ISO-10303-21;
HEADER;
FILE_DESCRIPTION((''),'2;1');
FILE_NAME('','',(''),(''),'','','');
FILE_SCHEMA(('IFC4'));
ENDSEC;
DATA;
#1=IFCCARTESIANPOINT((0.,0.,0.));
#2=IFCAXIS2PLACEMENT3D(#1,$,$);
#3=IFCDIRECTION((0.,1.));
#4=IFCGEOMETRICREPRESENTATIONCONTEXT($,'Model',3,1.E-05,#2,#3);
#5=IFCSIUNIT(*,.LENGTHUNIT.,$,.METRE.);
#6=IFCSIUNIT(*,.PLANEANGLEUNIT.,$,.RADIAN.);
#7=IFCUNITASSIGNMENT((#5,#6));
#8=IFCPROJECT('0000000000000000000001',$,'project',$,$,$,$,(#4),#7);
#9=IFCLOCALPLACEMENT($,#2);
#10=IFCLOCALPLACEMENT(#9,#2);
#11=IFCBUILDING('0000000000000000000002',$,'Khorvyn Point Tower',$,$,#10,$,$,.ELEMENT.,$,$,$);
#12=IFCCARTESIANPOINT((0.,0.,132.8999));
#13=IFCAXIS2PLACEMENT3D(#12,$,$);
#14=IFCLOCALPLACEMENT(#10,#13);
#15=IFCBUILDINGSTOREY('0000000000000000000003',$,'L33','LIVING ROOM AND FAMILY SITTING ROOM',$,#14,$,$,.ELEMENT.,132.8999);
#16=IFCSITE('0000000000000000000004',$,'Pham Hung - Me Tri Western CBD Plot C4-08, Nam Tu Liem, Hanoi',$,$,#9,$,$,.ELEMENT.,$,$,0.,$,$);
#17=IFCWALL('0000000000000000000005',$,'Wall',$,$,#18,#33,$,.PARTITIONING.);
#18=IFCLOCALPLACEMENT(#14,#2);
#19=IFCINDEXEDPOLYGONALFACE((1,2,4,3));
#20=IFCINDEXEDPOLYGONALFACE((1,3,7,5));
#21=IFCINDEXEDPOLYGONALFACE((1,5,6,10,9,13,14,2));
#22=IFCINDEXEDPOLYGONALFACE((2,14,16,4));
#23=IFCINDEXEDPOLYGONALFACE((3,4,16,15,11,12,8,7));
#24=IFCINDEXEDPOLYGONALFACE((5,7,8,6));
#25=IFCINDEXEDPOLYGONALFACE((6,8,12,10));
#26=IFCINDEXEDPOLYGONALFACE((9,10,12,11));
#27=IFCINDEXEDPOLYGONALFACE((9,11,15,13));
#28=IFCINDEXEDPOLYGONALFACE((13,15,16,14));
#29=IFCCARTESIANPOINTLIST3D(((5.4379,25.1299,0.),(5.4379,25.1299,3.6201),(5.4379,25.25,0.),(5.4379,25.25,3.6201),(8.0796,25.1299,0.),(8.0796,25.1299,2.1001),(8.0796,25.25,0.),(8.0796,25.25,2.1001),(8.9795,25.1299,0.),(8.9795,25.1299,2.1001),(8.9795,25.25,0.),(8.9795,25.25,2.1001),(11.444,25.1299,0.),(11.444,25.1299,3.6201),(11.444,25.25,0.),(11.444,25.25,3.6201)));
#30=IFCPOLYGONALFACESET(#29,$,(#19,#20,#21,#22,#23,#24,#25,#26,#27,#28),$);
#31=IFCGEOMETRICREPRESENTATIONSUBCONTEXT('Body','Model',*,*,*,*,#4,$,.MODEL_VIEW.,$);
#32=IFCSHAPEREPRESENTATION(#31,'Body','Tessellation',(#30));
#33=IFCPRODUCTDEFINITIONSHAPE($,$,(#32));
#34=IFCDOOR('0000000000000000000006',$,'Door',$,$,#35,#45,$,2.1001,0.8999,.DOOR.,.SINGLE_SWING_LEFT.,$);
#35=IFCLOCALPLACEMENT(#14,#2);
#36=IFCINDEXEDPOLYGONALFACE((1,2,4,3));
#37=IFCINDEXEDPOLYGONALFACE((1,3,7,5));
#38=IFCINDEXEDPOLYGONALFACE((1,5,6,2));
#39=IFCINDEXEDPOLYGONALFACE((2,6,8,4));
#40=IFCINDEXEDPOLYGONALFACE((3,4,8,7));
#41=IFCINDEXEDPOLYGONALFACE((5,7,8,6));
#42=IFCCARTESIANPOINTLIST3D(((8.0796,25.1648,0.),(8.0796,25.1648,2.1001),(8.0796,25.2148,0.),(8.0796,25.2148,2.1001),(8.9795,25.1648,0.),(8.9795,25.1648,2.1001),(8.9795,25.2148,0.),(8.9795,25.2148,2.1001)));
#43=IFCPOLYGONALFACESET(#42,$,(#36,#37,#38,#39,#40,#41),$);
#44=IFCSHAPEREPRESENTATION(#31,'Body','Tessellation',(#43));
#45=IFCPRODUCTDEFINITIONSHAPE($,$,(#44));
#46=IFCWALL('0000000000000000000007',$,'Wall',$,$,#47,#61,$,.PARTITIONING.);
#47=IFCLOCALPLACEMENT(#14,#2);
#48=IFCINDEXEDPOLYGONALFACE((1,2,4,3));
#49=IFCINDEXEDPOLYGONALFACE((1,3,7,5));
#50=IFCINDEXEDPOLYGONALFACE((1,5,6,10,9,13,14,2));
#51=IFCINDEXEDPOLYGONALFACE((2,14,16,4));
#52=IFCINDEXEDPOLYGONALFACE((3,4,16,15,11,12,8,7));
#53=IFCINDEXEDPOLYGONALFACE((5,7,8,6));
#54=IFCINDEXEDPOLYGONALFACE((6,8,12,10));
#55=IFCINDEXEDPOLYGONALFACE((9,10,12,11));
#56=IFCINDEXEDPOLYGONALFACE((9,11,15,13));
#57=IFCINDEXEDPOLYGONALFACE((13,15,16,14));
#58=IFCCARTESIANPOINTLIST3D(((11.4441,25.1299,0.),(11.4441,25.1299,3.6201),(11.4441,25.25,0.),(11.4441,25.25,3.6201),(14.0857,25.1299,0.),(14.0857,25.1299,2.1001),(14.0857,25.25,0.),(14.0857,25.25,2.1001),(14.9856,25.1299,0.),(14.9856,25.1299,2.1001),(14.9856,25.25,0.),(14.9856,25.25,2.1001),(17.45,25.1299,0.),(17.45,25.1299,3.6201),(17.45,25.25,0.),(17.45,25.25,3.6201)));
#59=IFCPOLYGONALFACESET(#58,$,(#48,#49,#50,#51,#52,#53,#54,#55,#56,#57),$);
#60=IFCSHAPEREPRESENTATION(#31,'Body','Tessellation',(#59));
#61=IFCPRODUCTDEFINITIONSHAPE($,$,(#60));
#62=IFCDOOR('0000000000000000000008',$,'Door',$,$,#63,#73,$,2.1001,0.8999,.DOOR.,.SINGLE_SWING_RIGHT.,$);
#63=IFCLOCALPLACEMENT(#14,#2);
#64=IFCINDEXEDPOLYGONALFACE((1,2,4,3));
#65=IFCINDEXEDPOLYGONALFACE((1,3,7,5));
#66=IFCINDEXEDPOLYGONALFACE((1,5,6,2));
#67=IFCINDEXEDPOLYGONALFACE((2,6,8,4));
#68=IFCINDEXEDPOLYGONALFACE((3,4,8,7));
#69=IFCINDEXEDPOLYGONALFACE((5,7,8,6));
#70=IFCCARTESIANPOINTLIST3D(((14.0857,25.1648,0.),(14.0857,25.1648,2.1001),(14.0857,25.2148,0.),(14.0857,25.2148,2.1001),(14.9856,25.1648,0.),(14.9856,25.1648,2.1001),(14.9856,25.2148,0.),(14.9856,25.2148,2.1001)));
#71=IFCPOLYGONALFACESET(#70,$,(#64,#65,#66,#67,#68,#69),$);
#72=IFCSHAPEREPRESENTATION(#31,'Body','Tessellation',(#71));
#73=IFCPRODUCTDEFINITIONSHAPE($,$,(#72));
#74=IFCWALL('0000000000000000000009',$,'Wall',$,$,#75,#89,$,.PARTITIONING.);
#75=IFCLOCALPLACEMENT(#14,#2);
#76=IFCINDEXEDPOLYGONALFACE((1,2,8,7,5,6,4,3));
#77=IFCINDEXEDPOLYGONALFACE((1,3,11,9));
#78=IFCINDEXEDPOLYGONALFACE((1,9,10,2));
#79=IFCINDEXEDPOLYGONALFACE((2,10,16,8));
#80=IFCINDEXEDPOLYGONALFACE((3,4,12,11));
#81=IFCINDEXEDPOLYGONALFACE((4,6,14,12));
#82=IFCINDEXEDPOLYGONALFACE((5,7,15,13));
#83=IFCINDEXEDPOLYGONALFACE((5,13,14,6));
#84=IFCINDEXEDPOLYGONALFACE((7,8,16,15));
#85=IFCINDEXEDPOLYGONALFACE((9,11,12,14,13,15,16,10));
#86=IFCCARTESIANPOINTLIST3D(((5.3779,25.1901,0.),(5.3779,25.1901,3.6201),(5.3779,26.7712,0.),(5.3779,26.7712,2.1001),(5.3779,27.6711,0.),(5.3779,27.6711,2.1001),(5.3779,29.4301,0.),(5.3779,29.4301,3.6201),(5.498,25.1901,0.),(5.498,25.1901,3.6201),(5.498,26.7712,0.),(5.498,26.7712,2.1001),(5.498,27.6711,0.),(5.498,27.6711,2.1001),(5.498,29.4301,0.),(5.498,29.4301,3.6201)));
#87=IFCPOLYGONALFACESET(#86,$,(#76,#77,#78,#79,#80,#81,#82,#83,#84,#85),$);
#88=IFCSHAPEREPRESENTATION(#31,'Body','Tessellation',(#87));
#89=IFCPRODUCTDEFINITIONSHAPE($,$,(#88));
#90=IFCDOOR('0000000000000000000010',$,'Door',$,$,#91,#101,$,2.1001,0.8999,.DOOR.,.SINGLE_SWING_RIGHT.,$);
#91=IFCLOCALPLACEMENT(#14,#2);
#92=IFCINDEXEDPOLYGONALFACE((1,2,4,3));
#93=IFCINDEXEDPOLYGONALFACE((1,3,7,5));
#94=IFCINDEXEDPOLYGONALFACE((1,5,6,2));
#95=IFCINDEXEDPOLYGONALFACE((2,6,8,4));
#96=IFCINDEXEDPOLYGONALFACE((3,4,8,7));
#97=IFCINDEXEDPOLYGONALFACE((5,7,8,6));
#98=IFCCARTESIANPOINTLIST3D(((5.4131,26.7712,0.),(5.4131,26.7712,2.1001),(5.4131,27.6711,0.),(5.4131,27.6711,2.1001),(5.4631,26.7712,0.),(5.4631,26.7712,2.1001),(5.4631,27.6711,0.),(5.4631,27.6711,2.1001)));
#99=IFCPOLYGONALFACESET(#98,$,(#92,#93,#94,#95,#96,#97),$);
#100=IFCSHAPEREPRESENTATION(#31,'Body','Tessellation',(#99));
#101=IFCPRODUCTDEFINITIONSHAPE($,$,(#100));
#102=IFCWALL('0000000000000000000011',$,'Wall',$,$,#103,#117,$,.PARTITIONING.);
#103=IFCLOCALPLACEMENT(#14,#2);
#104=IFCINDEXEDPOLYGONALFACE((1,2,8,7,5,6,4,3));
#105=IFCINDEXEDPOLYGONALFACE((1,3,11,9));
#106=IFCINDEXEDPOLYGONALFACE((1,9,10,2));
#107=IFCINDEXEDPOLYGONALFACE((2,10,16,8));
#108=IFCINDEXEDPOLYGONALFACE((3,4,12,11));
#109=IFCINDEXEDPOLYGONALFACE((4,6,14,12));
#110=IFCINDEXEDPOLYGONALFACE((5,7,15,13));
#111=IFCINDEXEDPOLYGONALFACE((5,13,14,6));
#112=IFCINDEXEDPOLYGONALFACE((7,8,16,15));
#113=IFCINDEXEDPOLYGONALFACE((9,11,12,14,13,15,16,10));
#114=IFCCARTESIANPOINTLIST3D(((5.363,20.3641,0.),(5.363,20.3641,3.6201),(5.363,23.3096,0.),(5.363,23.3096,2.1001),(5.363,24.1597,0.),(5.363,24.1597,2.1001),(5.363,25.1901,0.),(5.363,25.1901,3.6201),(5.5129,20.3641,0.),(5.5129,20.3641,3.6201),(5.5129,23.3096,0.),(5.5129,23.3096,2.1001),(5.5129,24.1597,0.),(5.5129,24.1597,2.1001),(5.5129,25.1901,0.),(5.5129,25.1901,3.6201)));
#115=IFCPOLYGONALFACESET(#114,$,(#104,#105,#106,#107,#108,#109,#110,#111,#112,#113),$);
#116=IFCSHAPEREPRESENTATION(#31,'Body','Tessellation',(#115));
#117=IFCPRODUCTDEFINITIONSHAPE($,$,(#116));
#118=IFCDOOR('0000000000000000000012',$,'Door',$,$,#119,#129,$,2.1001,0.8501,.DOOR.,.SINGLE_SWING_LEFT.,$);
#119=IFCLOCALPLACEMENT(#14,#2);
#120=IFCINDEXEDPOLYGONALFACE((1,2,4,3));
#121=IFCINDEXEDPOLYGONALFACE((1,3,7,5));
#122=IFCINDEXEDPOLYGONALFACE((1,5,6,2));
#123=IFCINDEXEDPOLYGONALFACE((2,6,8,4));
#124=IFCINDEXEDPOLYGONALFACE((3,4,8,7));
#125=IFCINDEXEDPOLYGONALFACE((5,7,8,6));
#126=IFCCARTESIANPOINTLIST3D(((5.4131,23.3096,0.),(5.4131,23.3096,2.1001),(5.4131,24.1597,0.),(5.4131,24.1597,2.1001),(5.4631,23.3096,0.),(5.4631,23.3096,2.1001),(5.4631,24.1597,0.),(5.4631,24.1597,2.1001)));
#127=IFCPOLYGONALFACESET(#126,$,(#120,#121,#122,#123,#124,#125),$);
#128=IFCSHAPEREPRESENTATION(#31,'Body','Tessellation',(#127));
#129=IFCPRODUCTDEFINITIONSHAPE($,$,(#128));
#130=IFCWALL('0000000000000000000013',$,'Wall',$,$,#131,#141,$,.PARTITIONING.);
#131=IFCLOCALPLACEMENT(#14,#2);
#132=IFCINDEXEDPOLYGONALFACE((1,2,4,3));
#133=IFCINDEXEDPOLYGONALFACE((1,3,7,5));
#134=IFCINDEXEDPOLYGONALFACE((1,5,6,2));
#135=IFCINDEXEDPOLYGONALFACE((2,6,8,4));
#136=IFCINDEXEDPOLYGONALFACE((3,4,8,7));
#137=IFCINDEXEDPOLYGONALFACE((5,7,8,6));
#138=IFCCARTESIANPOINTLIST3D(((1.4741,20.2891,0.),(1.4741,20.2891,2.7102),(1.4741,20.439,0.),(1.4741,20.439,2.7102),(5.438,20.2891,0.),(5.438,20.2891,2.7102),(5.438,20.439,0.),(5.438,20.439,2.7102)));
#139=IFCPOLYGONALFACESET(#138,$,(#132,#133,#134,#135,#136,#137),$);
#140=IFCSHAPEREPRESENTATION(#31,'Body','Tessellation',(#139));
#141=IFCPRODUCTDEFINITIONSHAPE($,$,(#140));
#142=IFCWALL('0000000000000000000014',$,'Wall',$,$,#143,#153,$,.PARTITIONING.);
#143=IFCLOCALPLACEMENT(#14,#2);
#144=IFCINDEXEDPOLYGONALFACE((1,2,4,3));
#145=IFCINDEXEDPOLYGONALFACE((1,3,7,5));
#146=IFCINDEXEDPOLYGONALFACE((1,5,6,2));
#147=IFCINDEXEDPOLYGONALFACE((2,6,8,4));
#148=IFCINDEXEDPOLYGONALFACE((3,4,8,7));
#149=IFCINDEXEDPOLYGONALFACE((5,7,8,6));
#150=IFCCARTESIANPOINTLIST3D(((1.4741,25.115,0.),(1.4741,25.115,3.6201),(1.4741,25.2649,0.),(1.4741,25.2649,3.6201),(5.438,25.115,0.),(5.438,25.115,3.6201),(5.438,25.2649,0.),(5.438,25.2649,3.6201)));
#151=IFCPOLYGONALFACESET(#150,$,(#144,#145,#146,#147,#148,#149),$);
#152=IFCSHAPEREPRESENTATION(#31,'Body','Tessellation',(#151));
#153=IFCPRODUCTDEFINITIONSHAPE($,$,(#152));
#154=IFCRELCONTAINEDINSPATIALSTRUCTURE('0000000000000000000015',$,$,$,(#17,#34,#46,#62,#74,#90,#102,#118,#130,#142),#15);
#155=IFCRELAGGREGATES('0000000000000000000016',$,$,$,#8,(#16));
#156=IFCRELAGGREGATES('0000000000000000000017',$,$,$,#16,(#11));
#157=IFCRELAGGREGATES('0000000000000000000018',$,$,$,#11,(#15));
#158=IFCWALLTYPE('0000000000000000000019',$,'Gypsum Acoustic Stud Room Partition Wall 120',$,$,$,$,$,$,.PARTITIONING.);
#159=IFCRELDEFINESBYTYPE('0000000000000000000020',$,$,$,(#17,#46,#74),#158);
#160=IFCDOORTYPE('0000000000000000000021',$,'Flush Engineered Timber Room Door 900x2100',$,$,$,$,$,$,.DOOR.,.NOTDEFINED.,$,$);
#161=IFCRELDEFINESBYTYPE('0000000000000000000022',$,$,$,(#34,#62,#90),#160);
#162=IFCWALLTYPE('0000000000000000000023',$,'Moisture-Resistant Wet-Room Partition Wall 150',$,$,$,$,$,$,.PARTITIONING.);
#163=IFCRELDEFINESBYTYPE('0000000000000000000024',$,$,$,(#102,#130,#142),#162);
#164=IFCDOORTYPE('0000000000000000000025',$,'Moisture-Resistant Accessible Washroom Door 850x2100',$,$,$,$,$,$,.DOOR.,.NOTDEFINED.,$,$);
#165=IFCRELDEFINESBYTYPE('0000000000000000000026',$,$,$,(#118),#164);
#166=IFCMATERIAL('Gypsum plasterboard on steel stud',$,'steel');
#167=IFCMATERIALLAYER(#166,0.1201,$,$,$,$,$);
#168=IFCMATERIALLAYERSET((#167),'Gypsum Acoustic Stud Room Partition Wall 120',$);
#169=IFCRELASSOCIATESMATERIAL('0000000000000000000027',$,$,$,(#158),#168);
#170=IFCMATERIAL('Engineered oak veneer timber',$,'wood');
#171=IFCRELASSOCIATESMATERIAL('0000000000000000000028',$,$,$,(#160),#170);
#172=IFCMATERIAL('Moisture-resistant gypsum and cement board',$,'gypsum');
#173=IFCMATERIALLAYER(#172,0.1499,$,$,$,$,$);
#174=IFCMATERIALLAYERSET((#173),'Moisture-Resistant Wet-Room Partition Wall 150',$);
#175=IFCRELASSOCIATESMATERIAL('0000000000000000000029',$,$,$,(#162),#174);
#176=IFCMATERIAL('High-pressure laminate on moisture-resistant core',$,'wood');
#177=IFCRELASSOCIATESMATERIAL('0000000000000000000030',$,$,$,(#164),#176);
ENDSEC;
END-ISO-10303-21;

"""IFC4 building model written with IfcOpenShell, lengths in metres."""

from ifc_helpers import new_model, si_unit, direction, frame, frame_2d, origin, place, context, subcontext, project, spatial, rectangle, extrude, material, layer, layer_set, type_object, element, fill, save


model = new_model("IFC4")

# Units and contexts
model_context = context("Model", 3, precision=1e-05, world=origin(), true_north=direction((0.0, 1.0)))
body_context = subcontext(model_context, "Body", "Model", "MODEL_VIEW")
ifc_project = project(units=[si_unit("LENGTHUNIT", "METRE"), si_unit("PLANEANGLEUNIT", "RADIAN")], contexts=[model_context])

# Site, building, storey
site_placement = place(None, origin())
site = spatial("IfcSite", under=ifc_project, at=site_placement, Name="Pham Hung - Me Tri Western CBD Plot C4-08, Nam Tu Liem, Hanoi", CompositionType="ELEMENT", RefElevation=0.0)
building_placement = place(site_placement, origin())
building = spatial("IfcBuilding", under=site, at=building_placement, Name="Khorvyn Point Tower", CompositionType="ELEMENT")
storey_placement = place(building_placement, frame((0.0, 0.0, 132.8999)))
storey = spatial("IfcBuildingStorey", under=building, at=storey_placement, Name="L33", Description="LIVING ROOM AND FAMILY SITTING ROOM", CompositionType="ELEMENT", Elevation=132.8999)

# Walls, openings, doors
ifc_material_1 = material(Name="Gypsum plasterboard on steel stud", Category="steel")
ifc_layer_1 = layer(ifc_material_1, 0.1201)
ifc_layer_set_1 = layer_set([ifc_layer_1], Name="Gypsum Acoustic Stud Room Partition Wall 120")
wall_type_1 = type_object("IfcWallType", Name="Gypsum Acoustic Stud Room Partition Wall 120", PredefinedType="PARTITIONING", material=ifc_layer_set_1)
wall_1_placement = place(storey_placement, frame((5.438, 25.1899, 0.0), z_axis=(0.0, 0.0, 1.0), x_axis=(1.0, 0.0, 0.0)))
wall_1 = element("IfcWall", 1, at=wall_1_placement, inside=storey, type_object=wall_type_1, Name="Wall", PredefinedType="PARTITIONING", context=body_context, shape_type="SweptSolid", body=[
    extrude(rectangle(XDim=6.0061, YDim=0.1201, at=frame_2d((3.0029, 0.0))), origin(), (0.0, 0.0, 1.0), 3.6201),
])
opening_1_placement = place(wall_1_placement, frame((2.6416, 0.0, 0.0)))
opening_1 = element("IfcOpeningElement", 2, at=opening_1_placement, cuts=wall_1, PredefinedType="OPENING", context=body_context, shape_type="SweptSolid", body=[
    extrude(rectangle(XDim=0.8999, YDim=2.1001, at=frame_2d((0.45, 1.05))), frame((0.0, 0.0701, 0.0), z_axis=(0.0, -1.0, 0.0), x_axis=(1.0, 0.0, 0.0)), (0.0, 0.0, 1.0), 0.1401),
])
ifc_material_2 = material(Name="Engineered oak veneer timber", Category="wood")
door_type_1 = type_object("IfcDoorType", Name="Flush Engineered Timber Room Door 900x2100", OperationType="NOTDEFINED", PredefinedType="DOOR", material=ifc_material_2)
door_1_placement = place(opening_1_placement, origin())
door_1 = element("IfcDoor", 3, at=door_1_placement, inside=storey, type_object=door_type_1, Name="Door", OperationType="SINGLE_SWING_LEFT", OverallHeight=2.1001, OverallWidth=0.8999, PredefinedType="DOOR", context=body_context, shape_type="SweptSolid", body=[
    extrude(rectangle(XDim=0.8999, YDim=2.1001, at=frame_2d((0.45, 1.05))), frame((0.0, 0.0249, 0.0), z_axis=(0.0, -1.0, 0.0), x_axis=(1.0, 0.0, 0.0)), (0.0, 0.0, 1.0), 0.05),
])
fill(opening_1, door_1)
wall_2_placement = place(storey_placement, frame((11.4441, 25.1899, 0.0), z_axis=(0.0, 0.0, 1.0), x_axis=(1.0, 0.0, 0.0)))
wall_2 = element("IfcWall", 4, at=wall_2_placement, inside=storey, type_object=wall_type_1, Name="Wall", PredefinedType="PARTITIONING", context=body_context, shape_type="SweptSolid", body=[
    extrude(rectangle(XDim=6.0059, YDim=0.1201, at=frame_2d((3.0029, 0.0))), origin(), (0.0, 0.0, 1.0), 3.6201),
])
opening_2_placement = place(wall_2_placement, frame((2.6416, 0.0, 0.0)))
opening_2 = element("IfcOpeningElement", 5, at=opening_2_placement, cuts=wall_2, PredefinedType="OPENING", context=body_context, shape_type="SweptSolid", body=[
    extrude(rectangle(XDim=0.8999, YDim=2.1001, at=frame_2d((0.45, 1.05))), frame((0.0, 0.0701, 0.0), z_axis=(0.0, -1.0, 0.0), x_axis=(1.0, 0.0, 0.0)), (0.0, 0.0, 1.0), 0.1401),
])
door_2_placement = place(opening_2_placement, origin())
door_2 = element("IfcDoor", 6, at=door_2_placement, inside=storey, type_object=door_type_1, Name="Door", OperationType="SINGLE_SWING_RIGHT", OverallHeight=2.1001, OverallWidth=0.8999, PredefinedType="DOOR", context=body_context, shape_type="SweptSolid", body=[
    extrude(rectangle(XDim=0.8999, YDim=2.1001, at=frame_2d((0.45, 1.05))), frame((0.0, 0.0249, 0.0), z_axis=(0.0, -1.0, 0.0), x_axis=(1.0, 0.0, 0.0)), (0.0, 0.0, 1.0), 0.05),
])
fill(opening_2, door_2)
wall_3_placement = place(storey_placement, frame((5.438, 25.1899, 0.0), z_axis=(0.0, 0.0, 1.0), x_axis=(0.0, 1.0, 0.0)))
wall_3 = element("IfcWall", 7, at=wall_3_placement, inside=storey, type_object=wall_type_1, Name="Wall", PredefinedType="PARTITIONING", context=body_context, shape_type="SweptSolid", body=[
    extrude(rectangle(XDim=4.24, YDim=0.1201, at=frame_2d((2.1201, 0.0))), origin(), (0.0, 0.0, 1.0), 3.6201),
])
opening_3_placement = place(wall_3_placement, frame((1.5813, 0.0, 0.0)))
opening_3 = element("IfcOpeningElement", 8, at=opening_3_placement, cuts=wall_3, PredefinedType="OPENING", context=body_context, shape_type="SweptSolid", body=[
    extrude(rectangle(XDim=0.8999, YDim=2.1001, at=frame_2d((0.45, 1.05))), frame((0.0, 0.0701, 0.0), z_axis=(0.0, -1.0, 0.0), x_axis=(1.0, 0.0, 0.0)), (0.0, 0.0, 1.0), 0.1401),
])
door_3_placement = place(opening_3_placement, origin())
door_3 = element("IfcDoor", 9, at=door_3_placement, inside=storey, type_object=door_type_1, Name="Door", OperationType="SINGLE_SWING_RIGHT", OverallHeight=2.1001, OverallWidth=0.8999, PredefinedType="DOOR", context=body_context, shape_type="SweptSolid", body=[
    extrude(rectangle(XDim=0.8999, YDim=2.1001, at=frame_2d((0.45, 1.05))), frame((0.0, 0.0249, 0.0), z_axis=(0.0, -1.0, 0.0), x_axis=(1.0, 0.0, 0.0)), (0.0, 0.0, 1.0), 0.05),
])
fill(opening_3, door_3)
ifc_material_3 = material(Name="Moisture-resistant gypsum and cement board", Category="gypsum")
ifc_layer_2 = layer(ifc_material_3, 0.1499)
ifc_layer_set_2 = layer_set([ifc_layer_2], Name="Moisture-Resistant Wet-Room Partition Wall 150")
wall_type_2 = type_object("IfcWallType", Name="Moisture-Resistant Wet-Room Partition Wall 150", PredefinedType="PARTITIONING", material=ifc_layer_set_2)
wall_4_placement = place(storey_placement, frame((5.438, 20.364, 0.0), z_axis=(0.0, 0.0, 1.0), x_axis=(0.0, 1.0, 0.0)))
wall_4 = element("IfcWall", 10, at=wall_4_placement, inside=storey, type_object=wall_type_2, Name="Wall", PredefinedType="PARTITIONING", context=body_context, shape_type="SweptSolid", body=[
    extrude(rectangle(XDim=4.8259, YDim=0.1499, at=frame_2d((2.4131, 0.0))), origin(), (0.0, 0.0, 1.0), 3.6201),
])
opening_4_placement = place(wall_4_placement, frame((2.9456, 0.0, 0.0)))
opening_4 = element("IfcOpeningElement", 11, at=opening_4_placement, cuts=wall_4, PredefinedType="OPENING", context=body_context, shape_type="SweptSolid", body=[
    extrude(rectangle(XDim=0.8501, YDim=2.1001, at=frame_2d((0.425, 1.05))), frame((0.0, 0.085, 0.0), z_axis=(0.0, -1.0, 0.0), x_axis=(1.0, 0.0, 0.0)), (0.0, 0.0, 1.0), 0.1699),
])
ifc_material_4 = material(Name="High-pressure laminate on moisture-resistant core", Category="wood")
door_type_2 = type_object("IfcDoorType", Name="Moisture-Resistant Accessible Washroom Door 850x2100", OperationType="NOTDEFINED", PredefinedType="DOOR", material=ifc_material_4)
door_4_placement = place(opening_4_placement, origin())
door_4 = element("IfcDoor", 12, at=door_4_placement, inside=storey, type_object=door_type_2, Name="Door", OperationType="SINGLE_SWING_LEFT", OverallHeight=2.1001, OverallWidth=0.8501, PredefinedType="DOOR", context=body_context, shape_type="SweptSolid", body=[
    extrude(rectangle(XDim=0.8501, YDim=2.1001, at=frame_2d((0.425, 1.05))), frame((0.0, 0.0249, 0.0), z_axis=(0.0, -1.0, 0.0), x_axis=(1.0, 0.0, 0.0)), (0.0, 0.0, 1.0), 0.05),
])
fill(opening_4, door_4)

# Walls
wall_5_placement = place(storey_placement, frame((1.4741, 20.364, 0.0), z_axis=(0.0, 0.0, 1.0), x_axis=(1.0, 0.0, 0.0)))
element("IfcWall", 13, at=wall_5_placement, inside=storey, type_object=wall_type_2, Name="Wall", PredefinedType="PARTITIONING", context=body_context, shape_type="SweptSolid", body=[
    extrude(rectangle(XDim=3.9639, YDim=0.1499, at=frame_2d((1.9819, 0.0))), origin(), (0.0, 0.0, 1.0), 2.7102),
])
wall_6_placement = place(storey_placement, frame((1.4741, 25.1899, 0.0), z_axis=(0.0, 0.0, 1.0), x_axis=(1.0, 0.0, 0.0)))
element("IfcWall", 14, at=wall_6_placement, inside=storey, type_object=wall_type_2, Name="Wall", PredefinedType="PARTITIONING", context=body_context, shape_type="SweptSolid", body=[
    extrude(rectangle(XDim=3.9639, YDim=0.1499, at=frame_2d((1.9819, 0.0))), origin(), (0.0, 0.0, 1.0), 3.6201),
])

save(model, "model.ifc")
